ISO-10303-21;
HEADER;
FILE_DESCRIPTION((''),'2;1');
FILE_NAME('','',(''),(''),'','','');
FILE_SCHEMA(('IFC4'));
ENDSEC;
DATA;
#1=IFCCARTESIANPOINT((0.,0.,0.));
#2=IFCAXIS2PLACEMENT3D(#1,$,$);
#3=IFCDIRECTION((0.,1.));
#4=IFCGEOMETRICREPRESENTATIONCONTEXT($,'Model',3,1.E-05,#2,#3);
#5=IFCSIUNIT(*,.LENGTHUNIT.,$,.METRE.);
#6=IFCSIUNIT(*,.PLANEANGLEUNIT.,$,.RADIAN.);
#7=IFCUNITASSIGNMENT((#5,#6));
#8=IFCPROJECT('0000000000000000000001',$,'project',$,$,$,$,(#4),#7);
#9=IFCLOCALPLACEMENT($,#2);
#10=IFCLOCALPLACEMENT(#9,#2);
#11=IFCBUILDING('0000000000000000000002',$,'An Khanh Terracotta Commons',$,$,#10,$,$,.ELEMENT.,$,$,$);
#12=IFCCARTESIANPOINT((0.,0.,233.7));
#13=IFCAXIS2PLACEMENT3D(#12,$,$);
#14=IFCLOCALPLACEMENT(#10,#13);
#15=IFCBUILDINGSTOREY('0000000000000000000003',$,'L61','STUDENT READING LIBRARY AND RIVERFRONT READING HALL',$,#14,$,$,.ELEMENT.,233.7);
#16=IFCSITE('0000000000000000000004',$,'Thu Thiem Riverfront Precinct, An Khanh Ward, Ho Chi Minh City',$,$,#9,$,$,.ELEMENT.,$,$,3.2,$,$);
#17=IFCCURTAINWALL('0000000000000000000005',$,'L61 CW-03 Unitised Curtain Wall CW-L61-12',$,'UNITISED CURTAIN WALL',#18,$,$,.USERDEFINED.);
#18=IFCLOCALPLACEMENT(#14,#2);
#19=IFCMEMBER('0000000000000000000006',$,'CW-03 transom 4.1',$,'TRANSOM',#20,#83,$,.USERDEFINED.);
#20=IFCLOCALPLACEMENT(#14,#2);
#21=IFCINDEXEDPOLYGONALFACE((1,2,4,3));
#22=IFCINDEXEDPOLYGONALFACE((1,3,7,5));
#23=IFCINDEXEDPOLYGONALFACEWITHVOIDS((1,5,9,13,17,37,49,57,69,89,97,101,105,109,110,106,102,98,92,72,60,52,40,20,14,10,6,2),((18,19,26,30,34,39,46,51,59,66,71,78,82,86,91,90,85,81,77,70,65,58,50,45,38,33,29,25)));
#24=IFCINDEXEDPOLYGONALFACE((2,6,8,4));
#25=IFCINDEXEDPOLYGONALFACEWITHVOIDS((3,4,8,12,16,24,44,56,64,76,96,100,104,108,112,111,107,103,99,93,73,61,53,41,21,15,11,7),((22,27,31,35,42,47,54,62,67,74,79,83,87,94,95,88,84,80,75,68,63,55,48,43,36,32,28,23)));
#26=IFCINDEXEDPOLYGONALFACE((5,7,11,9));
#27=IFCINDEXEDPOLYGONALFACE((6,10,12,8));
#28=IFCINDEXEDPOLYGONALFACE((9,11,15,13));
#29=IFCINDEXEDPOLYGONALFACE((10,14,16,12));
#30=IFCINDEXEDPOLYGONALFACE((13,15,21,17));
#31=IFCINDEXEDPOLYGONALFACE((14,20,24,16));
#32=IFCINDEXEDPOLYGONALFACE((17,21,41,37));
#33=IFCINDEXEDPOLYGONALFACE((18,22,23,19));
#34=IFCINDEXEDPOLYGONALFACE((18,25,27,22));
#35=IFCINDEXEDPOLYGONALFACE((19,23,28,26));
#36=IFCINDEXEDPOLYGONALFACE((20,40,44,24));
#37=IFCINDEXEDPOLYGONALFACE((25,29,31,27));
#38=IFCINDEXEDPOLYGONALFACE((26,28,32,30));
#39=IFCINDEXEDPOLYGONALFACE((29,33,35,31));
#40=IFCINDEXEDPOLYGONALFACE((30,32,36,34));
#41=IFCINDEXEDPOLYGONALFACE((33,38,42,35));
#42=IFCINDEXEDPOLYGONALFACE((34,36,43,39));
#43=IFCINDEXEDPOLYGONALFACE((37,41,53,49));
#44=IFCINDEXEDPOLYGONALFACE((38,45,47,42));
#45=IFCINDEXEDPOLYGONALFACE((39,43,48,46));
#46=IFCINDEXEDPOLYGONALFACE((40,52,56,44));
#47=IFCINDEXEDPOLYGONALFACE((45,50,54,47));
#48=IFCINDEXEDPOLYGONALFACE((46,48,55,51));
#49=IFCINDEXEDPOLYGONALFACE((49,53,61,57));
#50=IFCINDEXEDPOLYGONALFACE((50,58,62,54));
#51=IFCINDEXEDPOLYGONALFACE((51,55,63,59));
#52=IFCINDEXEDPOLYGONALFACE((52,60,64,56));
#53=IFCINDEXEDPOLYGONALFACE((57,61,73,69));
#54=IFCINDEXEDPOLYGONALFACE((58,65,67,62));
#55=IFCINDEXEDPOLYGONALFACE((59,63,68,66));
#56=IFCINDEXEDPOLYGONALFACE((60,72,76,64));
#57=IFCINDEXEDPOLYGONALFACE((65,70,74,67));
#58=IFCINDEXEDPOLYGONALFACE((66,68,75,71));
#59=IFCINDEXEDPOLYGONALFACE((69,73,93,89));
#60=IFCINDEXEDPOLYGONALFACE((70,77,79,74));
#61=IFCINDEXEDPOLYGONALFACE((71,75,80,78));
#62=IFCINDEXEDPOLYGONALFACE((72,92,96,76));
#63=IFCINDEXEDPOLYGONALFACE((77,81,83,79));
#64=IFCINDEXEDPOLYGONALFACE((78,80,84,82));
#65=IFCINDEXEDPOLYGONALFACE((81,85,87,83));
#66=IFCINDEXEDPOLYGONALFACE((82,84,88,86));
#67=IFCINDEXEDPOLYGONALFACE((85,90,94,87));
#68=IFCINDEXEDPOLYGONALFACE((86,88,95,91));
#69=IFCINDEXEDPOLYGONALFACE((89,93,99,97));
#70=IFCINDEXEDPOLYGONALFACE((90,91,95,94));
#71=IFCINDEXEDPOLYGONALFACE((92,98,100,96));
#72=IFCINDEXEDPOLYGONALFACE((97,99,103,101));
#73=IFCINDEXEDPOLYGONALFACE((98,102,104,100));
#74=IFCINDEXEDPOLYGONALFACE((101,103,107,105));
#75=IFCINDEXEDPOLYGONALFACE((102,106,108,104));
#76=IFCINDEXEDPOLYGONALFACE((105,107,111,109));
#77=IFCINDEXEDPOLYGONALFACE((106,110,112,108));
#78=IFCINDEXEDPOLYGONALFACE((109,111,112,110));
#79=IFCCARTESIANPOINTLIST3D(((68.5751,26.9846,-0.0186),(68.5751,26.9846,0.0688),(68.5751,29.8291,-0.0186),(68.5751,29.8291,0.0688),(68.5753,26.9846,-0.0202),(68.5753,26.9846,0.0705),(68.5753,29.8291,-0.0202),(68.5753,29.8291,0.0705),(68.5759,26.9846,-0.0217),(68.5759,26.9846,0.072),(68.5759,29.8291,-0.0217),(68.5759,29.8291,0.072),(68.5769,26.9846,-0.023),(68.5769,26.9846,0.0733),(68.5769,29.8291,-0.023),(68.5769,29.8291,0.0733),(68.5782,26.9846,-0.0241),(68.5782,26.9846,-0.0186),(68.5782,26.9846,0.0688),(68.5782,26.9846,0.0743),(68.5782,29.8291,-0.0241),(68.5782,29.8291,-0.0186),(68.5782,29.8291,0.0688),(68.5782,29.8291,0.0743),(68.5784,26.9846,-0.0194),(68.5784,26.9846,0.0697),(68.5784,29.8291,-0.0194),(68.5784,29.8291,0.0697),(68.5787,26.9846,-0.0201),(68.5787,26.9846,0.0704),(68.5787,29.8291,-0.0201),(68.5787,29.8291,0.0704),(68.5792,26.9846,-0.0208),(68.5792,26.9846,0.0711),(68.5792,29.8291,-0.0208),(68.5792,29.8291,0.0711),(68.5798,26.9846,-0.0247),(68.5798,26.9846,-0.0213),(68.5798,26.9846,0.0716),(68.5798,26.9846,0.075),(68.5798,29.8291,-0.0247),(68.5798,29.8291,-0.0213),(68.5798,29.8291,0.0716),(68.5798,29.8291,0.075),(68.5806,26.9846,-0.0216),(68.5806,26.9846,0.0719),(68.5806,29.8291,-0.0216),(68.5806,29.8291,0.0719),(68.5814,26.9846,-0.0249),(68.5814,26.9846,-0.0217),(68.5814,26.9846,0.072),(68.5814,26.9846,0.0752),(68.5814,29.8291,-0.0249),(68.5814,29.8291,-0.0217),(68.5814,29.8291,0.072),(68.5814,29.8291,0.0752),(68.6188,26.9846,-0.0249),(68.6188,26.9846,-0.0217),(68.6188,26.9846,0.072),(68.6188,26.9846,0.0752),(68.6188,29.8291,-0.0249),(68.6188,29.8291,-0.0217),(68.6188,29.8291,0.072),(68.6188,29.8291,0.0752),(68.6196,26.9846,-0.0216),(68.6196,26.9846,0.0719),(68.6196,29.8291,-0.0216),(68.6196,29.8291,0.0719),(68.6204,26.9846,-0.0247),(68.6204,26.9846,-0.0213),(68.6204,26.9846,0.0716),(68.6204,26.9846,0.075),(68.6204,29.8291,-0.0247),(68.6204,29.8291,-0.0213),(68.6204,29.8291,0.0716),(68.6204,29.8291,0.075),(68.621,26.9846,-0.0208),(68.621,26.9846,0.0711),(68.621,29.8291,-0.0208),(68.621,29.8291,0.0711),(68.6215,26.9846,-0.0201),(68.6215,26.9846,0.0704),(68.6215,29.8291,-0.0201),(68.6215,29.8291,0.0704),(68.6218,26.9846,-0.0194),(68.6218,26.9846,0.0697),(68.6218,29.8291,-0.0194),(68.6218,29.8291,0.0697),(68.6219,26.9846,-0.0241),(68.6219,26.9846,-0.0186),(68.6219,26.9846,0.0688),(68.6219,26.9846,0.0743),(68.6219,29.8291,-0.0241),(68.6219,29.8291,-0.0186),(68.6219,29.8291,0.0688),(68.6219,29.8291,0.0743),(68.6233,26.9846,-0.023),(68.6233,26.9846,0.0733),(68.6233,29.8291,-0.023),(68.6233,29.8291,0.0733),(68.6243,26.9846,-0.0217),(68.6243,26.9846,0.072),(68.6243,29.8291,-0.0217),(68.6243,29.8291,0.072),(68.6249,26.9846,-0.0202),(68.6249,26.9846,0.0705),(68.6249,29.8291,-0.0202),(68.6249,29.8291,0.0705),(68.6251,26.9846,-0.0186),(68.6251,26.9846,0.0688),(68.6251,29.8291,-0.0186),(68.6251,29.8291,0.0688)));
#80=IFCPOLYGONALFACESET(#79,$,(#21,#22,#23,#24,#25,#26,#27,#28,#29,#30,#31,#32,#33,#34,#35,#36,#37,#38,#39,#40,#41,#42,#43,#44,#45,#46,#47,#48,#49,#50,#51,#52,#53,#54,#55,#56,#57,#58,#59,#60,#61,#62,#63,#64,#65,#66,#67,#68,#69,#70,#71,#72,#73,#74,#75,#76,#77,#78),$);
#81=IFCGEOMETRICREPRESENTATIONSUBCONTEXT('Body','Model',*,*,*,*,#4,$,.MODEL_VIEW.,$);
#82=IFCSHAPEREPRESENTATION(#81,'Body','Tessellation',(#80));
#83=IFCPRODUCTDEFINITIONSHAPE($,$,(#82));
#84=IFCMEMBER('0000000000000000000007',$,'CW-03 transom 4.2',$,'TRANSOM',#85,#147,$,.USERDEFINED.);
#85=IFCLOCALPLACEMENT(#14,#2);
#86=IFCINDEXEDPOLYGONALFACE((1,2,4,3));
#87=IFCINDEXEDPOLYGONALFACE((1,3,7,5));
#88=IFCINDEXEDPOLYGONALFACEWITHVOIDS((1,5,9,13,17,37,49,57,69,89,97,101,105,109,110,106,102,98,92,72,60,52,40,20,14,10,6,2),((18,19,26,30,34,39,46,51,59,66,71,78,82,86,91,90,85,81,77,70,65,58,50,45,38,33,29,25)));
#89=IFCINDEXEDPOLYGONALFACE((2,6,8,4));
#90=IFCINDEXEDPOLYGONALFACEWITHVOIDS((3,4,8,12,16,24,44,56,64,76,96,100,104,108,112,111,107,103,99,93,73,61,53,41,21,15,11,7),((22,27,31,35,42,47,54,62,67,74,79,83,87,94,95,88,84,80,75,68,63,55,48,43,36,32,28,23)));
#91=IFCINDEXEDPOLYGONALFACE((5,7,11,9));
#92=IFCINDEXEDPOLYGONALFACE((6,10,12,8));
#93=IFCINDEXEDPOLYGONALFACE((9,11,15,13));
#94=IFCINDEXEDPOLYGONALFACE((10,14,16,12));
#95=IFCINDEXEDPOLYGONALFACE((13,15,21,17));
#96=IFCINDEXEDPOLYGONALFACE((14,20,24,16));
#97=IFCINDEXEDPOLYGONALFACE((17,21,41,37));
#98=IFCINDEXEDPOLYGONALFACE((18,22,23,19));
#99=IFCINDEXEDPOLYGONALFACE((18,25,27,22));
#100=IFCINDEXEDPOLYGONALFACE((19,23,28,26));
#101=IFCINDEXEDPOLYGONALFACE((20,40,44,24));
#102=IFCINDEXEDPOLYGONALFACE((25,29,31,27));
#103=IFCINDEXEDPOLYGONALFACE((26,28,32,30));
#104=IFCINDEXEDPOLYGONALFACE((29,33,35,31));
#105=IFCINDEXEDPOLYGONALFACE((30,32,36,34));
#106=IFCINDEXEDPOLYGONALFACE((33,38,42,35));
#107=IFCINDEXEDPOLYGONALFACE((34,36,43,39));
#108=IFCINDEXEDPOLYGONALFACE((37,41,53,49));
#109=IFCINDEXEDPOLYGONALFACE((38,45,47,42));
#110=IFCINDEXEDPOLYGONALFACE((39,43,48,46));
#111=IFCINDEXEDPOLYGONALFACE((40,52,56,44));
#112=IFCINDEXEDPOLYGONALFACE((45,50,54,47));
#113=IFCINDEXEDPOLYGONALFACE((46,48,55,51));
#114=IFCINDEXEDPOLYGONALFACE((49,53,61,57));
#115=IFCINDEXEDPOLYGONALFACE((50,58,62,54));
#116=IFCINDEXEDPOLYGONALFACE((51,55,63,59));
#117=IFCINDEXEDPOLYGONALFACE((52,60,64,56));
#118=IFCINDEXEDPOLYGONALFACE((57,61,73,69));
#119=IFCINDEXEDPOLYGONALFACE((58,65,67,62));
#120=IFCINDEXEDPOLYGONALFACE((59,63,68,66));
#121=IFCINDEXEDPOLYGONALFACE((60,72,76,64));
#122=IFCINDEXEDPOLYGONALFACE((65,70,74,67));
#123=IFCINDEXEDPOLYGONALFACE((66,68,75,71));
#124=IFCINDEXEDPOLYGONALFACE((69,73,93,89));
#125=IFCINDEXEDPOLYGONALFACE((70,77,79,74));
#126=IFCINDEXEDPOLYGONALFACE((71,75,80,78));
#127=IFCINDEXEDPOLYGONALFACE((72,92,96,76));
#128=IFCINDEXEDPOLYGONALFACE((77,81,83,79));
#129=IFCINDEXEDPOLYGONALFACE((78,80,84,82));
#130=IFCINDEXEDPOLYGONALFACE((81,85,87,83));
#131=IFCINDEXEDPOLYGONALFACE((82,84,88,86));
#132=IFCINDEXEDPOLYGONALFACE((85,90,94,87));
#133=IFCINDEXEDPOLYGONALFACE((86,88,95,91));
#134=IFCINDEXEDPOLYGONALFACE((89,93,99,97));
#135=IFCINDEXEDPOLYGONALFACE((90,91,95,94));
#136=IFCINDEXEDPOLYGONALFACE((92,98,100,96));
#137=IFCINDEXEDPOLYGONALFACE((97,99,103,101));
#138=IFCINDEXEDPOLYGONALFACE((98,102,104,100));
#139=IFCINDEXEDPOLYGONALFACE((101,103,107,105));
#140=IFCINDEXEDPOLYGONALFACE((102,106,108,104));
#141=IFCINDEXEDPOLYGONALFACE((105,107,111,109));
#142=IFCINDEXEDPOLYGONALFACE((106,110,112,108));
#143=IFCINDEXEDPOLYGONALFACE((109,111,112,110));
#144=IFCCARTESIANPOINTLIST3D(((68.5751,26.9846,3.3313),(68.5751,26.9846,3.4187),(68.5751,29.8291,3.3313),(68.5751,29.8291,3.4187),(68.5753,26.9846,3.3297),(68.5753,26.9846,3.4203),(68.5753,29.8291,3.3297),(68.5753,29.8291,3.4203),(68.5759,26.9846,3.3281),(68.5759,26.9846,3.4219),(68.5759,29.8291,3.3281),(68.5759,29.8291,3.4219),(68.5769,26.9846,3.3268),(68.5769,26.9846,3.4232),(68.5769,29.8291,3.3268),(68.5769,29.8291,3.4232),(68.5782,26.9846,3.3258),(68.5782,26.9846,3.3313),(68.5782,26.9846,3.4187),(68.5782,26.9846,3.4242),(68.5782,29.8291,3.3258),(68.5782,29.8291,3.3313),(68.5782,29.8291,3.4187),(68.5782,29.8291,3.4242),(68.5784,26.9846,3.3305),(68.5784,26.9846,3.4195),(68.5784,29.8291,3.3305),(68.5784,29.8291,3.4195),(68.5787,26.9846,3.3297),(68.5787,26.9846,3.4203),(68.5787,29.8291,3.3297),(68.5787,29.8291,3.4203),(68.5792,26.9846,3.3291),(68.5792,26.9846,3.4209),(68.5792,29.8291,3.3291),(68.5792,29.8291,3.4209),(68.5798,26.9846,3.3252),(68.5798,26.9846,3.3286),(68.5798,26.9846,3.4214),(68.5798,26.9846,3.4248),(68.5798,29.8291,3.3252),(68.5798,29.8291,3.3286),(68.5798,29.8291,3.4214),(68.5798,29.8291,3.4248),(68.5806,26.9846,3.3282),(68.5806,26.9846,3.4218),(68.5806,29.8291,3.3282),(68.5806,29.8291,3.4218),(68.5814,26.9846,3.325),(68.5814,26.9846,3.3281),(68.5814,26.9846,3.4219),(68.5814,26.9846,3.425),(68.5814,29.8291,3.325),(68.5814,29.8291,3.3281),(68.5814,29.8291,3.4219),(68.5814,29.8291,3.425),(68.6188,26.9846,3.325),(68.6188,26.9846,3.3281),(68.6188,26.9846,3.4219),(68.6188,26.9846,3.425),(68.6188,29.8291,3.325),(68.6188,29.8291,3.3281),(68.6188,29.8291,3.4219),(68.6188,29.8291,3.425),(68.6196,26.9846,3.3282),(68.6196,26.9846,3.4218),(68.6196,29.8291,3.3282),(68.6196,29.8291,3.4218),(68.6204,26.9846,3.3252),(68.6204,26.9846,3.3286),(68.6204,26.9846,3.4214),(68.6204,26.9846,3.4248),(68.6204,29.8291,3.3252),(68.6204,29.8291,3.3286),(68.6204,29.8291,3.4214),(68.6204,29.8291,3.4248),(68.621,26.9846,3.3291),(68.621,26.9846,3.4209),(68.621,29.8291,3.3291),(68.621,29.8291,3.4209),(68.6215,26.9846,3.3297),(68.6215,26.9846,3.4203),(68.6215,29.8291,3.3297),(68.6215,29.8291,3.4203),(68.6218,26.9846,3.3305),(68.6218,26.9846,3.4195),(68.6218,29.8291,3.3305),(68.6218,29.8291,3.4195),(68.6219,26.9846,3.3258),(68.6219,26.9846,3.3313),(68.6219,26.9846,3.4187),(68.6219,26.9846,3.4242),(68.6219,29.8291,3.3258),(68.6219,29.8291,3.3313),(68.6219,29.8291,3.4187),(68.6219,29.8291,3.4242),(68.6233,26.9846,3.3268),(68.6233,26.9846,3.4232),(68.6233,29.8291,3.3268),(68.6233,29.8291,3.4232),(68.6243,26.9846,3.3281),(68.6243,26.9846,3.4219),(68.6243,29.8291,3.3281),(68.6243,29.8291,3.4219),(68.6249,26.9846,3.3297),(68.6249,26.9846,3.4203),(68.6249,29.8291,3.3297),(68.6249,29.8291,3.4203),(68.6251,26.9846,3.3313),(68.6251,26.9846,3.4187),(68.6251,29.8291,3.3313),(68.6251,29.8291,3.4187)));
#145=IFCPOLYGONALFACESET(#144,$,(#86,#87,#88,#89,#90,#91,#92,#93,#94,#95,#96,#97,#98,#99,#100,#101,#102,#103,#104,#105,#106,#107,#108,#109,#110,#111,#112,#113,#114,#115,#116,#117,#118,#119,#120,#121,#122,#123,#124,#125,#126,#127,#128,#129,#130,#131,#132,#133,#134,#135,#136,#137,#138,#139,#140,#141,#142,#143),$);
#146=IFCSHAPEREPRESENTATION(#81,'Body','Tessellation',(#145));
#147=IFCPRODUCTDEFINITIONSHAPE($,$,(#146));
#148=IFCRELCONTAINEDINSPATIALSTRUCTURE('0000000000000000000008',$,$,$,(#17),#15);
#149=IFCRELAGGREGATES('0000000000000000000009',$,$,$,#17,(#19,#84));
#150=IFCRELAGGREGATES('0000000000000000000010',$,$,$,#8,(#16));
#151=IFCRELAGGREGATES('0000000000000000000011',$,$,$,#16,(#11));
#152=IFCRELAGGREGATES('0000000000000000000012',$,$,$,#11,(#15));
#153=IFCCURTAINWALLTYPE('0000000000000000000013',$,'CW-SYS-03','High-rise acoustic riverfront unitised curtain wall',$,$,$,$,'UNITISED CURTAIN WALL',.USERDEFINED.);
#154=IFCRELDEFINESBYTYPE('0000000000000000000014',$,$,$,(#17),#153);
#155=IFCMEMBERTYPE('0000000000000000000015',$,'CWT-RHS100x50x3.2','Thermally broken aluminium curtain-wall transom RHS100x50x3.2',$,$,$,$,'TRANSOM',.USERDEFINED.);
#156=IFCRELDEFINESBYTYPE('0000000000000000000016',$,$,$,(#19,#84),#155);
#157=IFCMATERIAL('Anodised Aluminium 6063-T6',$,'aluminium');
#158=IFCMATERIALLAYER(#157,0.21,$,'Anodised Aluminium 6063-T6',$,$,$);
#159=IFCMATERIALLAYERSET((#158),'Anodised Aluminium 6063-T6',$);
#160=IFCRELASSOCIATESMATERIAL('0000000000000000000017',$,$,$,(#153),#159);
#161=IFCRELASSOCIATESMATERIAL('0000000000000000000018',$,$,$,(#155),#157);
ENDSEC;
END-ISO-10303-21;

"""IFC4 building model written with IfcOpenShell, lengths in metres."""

from ifc_helpers import new_model, si_unit, direction, frame, origin, origin_2d, place, context, subcontext, project, spatial, hollow_rectangle, extrude, material, layer, layer_set, material_profile, profile_set, type_object, element, aggregate, save


model = new_model("IFC4")

# Units and contexts
model_context = context("Model", 3, precision=1e-05, world=origin(), true_north=direction((0.0, 1.0)))
body_context = subcontext(model_context, "Body", "Model", "MODEL_VIEW")
ifc_project = project(units=[si_unit("LENGTHUNIT", "METRE"), si_unit("PLANEANGLEUNIT", "RADIAN")], contexts=[model_context])

# Site, building, storey
site_placement = place(None, origin())
site = spatial("IfcSite", under=ifc_project, at=site_placement, Name="Thu Thiem Riverfront Precinct, An Khanh Ward, Ho Chi Minh City", CompositionType="ELEMENT", RefElevation=3.2)
building_placement = place(site_placement, origin())
building = spatial("IfcBuilding", under=site, at=building_placement, Name="An Khanh Terracotta Commons", CompositionType="ELEMENT")
storey_placement = place(building_placement, frame((0.0, 0.0, 233.7)))
storey = spatial("IfcBuildingStorey", under=building, at=storey_placement, Name="L61", Description="STUDENT READING LIBRARY AND RIVERFRONT READING HALL", CompositionType="ELEMENT", Elevation=233.7)

# Curtain wall
ifc_material_1 = material(Name="Anodised Aluminium 6063-T6", Category="aluminium")
ifc_layer_1 = layer(ifc_material_1, 0.21, Name="Anodised Aluminium 6063-T6")
ifc_layer_set_1 = layer_set([ifc_layer_1], Name="Anodised Aluminium 6063-T6")
curtain_wall_type = type_object("IfcCurtainWallType", Name="CW-SYS-03", Description="High-rise acoustic riverfront unitised curtain wall", ElementType="UNITISED CURTAIN WALL", PredefinedType="USERDEFINED", material=ifc_layer_set_1)
curtain_wall_1_placement = place(storey_placement, origin())
curtain_wall_1 = element("IfcCurtainWall", 1, at=curtain_wall_1_placement, inside=storey, type_object=curtain_wall_type, Name="L61 CW-03 Unitised Curtain Wall CW-L61-12", ObjectType="UNITISED CURTAIN WALL", PredefinedType="USERDEFINED")

# Members
ifc_material_profile_1 = material_profile(ifc_material_1, hollow_rectangle(XDim=0.05, YDim=0.1001, WallThickness=0.0032, InnerFilletRadius=0.0032, OuterFilletRadius=0.0063, at=origin_2d()), Name="RHS100x50x3.2")
ifc_profile_set_1 = profile_set([ifc_material_profile_1], Name="Anodised Aluminium 6063-T6")
member_type_1 = type_object("IfcMemberType", Name="CWT-RHS100x50x3.2", Description="Thermally broken aluminium curtain-wall transom RHS100x50x3.2", ElementType="TRANSOM", PredefinedType="USERDEFINED", material=ifc_profile_set_1)
member_1_placement = place(storey_placement, frame((68.6001, 26.9846, 0.0251), z_axis=(0.0, 1.0, 0.0), x_axis=(-1.0, 0.0, 0.0)))
member_1 = element("IfcMember", 2, at=member_1_placement, type_object=member_type_1, Name="CW-03 transom 4.1", ObjectType="TRANSOM", PredefinedType="USERDEFINED", context=body_context, shape_type="SweptSolid", body=[
    extrude(hollow_rectangle(XDim=0.05, YDim=0.1001, WallThickness=0.0032, InnerFilletRadius=0.0032, OuterFilletRadius=0.0063, at=origin_2d()), origin(), (0.0, 0.0, 1.0), 2.8445),
])
member_2_placement = place(storey_placement, frame((68.6001, 26.9846, 3.375), z_axis=(0.0, 1.0, 0.0), x_axis=(-1.0, 0.0, 0.0)))
member_2 = element("IfcMember", 3, at=member_2_placement, type_object=member_type_1, Name="CW-03 transom 4.2", ObjectType="TRANSOM", PredefinedType="USERDEFINED", context=body_context, shape_type="SweptSolid", body=[
    extrude(hollow_rectangle(XDim=0.05, YDim=0.1001, WallThickness=0.0032, InnerFilletRadius=0.0032, OuterFilletRadius=0.0063, at=origin_2d()), origin(), (0.0, 0.0, 1.0), 2.8445),
])

aggregate(curtain_wall_1, [member_1, member_2])

save(model, "model.ifc")
